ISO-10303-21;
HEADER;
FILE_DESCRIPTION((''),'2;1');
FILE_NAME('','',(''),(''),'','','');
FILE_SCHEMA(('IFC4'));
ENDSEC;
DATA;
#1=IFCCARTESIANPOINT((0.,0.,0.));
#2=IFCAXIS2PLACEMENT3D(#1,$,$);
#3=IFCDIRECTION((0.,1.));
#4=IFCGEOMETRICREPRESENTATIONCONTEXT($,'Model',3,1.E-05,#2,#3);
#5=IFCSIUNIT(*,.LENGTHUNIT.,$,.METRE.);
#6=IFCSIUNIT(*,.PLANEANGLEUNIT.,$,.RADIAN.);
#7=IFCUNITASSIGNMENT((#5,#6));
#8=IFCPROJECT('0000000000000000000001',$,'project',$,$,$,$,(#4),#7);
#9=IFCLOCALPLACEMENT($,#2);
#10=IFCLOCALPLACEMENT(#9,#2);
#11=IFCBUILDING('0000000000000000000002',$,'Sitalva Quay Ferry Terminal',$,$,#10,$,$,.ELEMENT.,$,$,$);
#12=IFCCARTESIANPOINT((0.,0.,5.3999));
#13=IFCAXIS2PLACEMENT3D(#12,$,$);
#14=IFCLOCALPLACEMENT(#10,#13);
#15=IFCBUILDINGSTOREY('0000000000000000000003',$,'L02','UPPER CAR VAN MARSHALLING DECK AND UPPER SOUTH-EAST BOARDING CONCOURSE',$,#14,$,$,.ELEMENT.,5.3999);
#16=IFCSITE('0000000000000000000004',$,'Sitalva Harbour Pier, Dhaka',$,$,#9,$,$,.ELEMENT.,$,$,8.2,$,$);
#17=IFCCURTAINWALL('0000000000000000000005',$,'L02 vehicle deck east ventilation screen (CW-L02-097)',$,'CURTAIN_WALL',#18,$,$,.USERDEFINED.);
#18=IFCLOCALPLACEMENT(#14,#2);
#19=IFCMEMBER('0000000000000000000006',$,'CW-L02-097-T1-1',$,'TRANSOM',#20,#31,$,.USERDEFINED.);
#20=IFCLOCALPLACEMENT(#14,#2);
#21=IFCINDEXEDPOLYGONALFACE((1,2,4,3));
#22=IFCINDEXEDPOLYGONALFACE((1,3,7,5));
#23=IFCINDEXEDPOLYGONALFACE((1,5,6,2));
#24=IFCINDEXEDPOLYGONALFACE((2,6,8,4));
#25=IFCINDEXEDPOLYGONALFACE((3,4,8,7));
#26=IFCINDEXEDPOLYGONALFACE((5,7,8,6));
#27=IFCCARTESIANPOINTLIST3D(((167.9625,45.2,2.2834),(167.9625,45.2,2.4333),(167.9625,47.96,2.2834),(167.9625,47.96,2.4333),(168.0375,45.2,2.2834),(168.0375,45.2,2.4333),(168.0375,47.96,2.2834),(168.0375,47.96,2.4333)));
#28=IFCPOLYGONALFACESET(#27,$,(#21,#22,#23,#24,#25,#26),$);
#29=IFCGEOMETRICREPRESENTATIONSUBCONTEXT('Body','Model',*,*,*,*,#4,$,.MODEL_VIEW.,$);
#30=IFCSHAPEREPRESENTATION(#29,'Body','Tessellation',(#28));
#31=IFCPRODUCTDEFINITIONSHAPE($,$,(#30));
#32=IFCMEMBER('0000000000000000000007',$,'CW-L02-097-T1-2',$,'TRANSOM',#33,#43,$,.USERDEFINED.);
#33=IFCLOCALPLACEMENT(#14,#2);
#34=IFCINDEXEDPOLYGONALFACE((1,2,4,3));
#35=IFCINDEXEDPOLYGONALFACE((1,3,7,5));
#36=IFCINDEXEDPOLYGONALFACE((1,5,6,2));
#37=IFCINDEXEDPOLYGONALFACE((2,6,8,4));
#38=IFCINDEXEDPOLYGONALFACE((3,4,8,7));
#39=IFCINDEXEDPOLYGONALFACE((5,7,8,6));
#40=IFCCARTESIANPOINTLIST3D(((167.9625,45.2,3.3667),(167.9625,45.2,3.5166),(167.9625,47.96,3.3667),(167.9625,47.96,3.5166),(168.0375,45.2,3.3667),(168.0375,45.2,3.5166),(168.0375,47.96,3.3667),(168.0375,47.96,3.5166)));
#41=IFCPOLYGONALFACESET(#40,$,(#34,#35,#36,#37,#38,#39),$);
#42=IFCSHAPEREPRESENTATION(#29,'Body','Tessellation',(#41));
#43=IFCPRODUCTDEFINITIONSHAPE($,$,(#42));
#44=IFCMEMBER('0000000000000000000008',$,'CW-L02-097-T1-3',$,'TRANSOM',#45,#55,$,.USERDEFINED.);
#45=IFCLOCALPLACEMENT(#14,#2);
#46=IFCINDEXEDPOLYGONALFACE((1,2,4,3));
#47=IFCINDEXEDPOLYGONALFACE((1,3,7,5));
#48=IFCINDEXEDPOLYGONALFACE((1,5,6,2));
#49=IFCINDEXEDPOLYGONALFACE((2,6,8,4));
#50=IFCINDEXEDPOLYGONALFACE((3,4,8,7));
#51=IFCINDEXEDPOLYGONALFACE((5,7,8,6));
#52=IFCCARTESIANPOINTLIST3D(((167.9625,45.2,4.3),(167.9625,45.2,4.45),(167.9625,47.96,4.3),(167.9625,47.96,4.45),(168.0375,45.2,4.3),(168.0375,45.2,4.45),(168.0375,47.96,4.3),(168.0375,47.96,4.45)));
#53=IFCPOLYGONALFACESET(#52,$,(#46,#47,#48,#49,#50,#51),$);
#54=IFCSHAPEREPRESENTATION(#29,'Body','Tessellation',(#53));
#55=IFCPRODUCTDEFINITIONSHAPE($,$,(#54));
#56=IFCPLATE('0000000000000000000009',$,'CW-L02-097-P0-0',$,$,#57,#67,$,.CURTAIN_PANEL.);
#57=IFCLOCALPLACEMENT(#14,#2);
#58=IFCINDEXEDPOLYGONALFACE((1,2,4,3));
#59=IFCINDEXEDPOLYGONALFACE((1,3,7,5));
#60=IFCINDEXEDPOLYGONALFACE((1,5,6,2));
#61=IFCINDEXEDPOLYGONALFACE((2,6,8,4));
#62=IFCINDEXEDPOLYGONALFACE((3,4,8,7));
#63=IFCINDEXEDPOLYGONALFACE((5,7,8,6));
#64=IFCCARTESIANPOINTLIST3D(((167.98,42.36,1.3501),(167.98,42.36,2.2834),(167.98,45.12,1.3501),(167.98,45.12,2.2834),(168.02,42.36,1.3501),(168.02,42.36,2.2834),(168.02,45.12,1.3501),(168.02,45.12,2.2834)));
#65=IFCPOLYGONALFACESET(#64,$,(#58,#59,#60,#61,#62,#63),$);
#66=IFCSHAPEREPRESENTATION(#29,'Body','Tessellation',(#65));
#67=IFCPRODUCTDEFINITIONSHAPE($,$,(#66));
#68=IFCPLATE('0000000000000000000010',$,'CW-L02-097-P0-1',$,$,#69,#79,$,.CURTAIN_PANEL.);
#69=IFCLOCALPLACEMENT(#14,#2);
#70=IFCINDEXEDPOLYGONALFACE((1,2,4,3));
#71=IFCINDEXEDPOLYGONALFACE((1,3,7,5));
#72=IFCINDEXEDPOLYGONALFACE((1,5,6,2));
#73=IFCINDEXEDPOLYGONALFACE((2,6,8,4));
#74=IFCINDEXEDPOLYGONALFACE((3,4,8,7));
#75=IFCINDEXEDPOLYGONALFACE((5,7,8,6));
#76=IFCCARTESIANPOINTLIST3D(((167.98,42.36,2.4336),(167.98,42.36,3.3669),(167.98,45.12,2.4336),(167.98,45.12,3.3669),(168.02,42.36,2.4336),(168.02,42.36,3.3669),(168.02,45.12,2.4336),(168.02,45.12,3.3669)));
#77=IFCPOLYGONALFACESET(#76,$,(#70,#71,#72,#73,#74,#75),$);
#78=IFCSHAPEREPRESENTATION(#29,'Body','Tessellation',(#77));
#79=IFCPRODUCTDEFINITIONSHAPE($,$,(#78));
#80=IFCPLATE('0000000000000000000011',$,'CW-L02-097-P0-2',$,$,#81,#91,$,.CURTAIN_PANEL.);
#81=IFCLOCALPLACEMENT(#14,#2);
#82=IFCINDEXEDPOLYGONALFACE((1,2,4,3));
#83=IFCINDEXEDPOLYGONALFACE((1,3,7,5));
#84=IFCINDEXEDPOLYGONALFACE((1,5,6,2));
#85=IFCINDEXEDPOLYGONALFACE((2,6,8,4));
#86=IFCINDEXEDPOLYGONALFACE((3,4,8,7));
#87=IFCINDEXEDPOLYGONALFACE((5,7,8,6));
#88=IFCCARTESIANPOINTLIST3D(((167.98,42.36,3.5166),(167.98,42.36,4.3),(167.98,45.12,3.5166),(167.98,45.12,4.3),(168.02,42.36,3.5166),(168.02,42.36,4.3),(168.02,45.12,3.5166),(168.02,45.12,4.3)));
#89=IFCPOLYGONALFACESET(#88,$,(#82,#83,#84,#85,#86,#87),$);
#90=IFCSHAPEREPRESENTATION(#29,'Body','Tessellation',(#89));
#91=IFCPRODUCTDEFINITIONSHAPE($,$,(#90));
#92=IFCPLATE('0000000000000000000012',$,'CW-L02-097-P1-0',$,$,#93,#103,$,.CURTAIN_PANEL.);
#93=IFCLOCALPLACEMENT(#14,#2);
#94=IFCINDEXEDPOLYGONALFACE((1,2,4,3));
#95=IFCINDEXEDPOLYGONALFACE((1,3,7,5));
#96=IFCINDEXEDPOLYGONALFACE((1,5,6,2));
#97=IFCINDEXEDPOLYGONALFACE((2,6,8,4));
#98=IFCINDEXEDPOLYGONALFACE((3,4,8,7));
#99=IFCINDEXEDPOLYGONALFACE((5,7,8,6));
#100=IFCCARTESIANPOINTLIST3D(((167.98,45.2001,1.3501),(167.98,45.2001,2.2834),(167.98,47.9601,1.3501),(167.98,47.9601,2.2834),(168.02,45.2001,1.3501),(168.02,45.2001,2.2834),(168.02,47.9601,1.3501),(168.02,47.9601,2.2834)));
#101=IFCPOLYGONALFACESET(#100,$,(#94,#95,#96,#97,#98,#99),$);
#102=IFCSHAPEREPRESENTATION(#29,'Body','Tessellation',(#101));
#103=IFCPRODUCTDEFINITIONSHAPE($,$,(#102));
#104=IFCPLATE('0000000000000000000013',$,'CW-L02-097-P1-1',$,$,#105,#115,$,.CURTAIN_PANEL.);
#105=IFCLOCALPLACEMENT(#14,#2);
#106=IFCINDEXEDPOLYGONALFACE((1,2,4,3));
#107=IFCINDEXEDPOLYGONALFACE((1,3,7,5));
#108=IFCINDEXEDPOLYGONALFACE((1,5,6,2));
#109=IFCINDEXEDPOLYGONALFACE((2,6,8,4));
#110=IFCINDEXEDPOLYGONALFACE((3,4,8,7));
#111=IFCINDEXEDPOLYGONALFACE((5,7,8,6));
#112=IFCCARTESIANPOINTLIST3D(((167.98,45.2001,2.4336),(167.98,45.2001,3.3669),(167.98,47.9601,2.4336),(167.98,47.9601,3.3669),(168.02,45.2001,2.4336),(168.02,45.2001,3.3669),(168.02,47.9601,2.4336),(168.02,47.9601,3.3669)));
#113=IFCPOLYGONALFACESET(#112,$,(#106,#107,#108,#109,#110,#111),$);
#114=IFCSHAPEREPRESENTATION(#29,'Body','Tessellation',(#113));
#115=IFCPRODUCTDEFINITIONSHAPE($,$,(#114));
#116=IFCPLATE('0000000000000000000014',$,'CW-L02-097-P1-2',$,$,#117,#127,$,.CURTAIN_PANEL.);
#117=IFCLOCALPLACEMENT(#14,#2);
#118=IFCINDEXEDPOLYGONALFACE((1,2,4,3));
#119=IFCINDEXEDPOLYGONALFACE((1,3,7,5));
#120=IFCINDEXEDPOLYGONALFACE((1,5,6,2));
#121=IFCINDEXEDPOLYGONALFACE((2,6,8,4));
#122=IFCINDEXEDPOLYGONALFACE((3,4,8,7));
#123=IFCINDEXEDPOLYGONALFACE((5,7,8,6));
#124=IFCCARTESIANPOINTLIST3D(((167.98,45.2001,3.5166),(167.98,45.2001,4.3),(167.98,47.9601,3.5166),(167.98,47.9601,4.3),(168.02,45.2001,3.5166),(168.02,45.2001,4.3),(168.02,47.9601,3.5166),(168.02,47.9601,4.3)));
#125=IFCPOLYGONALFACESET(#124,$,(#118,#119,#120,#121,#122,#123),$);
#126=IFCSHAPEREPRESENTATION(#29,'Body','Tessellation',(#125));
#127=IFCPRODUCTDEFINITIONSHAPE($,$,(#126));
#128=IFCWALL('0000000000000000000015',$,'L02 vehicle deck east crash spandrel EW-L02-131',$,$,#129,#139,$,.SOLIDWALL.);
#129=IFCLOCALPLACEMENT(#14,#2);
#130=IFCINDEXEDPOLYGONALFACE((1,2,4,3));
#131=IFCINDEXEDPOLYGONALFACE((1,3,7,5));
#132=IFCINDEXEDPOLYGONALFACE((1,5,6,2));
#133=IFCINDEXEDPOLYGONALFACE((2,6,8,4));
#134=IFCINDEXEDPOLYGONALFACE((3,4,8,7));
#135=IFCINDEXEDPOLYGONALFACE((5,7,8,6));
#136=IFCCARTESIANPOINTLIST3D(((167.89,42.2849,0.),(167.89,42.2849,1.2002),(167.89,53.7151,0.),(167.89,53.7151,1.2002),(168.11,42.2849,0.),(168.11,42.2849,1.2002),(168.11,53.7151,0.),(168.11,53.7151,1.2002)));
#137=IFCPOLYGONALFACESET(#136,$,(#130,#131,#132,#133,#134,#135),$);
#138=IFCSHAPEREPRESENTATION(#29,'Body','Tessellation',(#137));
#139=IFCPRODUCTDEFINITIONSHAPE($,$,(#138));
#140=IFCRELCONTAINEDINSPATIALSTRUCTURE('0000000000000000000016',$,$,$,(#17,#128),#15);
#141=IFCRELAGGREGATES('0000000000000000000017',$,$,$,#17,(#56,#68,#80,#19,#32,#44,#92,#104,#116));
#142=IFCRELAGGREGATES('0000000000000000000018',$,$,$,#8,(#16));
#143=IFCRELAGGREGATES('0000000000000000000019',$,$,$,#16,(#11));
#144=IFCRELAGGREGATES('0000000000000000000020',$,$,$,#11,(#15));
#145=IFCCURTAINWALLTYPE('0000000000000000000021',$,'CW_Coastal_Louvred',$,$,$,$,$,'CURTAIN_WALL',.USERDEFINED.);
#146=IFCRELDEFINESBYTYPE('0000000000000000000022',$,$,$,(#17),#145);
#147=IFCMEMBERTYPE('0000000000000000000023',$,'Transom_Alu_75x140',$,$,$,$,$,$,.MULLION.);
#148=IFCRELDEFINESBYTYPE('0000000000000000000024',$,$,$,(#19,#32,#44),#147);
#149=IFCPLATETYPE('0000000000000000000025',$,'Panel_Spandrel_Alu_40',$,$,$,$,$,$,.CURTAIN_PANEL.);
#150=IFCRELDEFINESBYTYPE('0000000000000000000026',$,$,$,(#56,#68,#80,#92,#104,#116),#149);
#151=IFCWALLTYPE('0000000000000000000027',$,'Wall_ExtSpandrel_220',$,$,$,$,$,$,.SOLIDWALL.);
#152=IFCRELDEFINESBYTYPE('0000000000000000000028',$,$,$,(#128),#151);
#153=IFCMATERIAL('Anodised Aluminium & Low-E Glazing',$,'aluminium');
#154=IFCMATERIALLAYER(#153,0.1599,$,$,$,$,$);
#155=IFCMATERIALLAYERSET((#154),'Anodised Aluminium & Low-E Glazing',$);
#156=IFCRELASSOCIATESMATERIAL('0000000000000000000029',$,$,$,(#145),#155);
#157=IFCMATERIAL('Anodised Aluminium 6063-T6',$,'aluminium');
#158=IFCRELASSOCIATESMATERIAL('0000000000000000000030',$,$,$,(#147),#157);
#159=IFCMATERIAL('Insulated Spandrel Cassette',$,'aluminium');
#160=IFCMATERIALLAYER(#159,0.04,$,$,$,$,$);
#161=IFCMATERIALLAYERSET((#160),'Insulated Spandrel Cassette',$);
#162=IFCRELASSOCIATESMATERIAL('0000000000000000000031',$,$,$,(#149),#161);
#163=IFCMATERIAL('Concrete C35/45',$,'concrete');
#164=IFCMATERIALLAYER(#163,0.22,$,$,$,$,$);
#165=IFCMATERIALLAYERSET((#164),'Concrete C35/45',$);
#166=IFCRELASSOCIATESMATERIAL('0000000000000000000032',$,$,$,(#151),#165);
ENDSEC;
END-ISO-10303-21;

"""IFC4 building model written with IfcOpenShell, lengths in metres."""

from ifc_helpers import new_model, si_unit, direction, frame, frame_2d, origin, origin_2d, place, context, subcontext, project, spatial, rectangle, extrude, material, layer, layer_set, material_profile, profile_set, type_object, element, aggregate, save


model = new_model("IFC4")

# Units and contexts
model_context = context("Model", 3, precision=1e-05, world=origin(), true_north=direction((0.0, 1.0)))
body_context = subcontext(model_context, "Body", "Model", "MODEL_VIEW")
ifc_project = project(units=[si_unit("LENGTHUNIT", "METRE"), si_unit("PLANEANGLEUNIT", "RADIAN")], contexts=[model_context])

# Site, building, storey
site_placement = place(None, origin())
site = spatial("IfcSite", under=ifc_project, at=site_placement, Name="Sitalva Harbour Pier, Dhaka", CompositionType="ELEMENT", RefElevation=8.2)
building_placement = place(site_placement, origin())
building = spatial("IfcBuilding", under=site, at=building_placement, Name="Sitalva Quay Ferry Terminal", CompositionType="ELEMENT")
storey_placement = place(building_placement, frame((0.0, 0.0, 5.3999)))
storey = spatial("IfcBuildingStorey", under=building, at=storey_placement, Name="L02", Description="UPPER CAR VAN MARSHALLING DECK AND UPPER SOUTH-EAST BOARDING CONCOURSE", CompositionType="ELEMENT", Elevation=5.3999)

# Curtain wall, members, plates
ifc_material_1 = material(Name="Anodised Aluminium & Low-E Glazing", Category="aluminium")
ifc_layer_1 = layer(ifc_material_1, 0.1599)
ifc_layer_set_1 = layer_set([ifc_layer_1], Name="Anodised Aluminium & Low-E Glazing")
curtain_wall_type = type_object("IfcCurtainWallType", Name="CW_Coastal_Louvred", ElementType="CURTAIN_WALL", PredefinedType="USERDEFINED", material=ifc_layer_set_1)
curtain_wall_placement = place(storey_placement, origin())
curtain_wall = element("IfcCurtainWall", 1, at=curtain_wall_placement, inside=storey, type_object=curtain_wall_type, Name="L02 vehicle deck east ventilation screen (CW-L02-097)", ObjectType="CURTAIN_WALL", PredefinedType="USERDEFINED")
ifc_material_2 = material(Name="Anodised Aluminium 6063-T6", Category="aluminium")
ifc_material_profile_1 = material_profile(ifc_material_2, rectangle(XDim=0.075, YDim=0.1499, at=origin_2d()), Name="ALU75x150")
ifc_profile_set_1 = profile_set([ifc_material_profile_1], Name="Anodised Aluminium 6063-T6")
member_type_1 = type_object("IfcMemberType", Name="Transom_Alu_75x140", PredefinedType="MULLION", material=ifc_profile_set_1)
member_1_placement = place(storey_placement, frame((168.0, 45.2, 2.3584), z_axis=(0.0, 1.0, 0.0), x_axis=(-1.0, 0.0, 0.0)))
member_1 = element("IfcMember", 2, at=member_1_placement, type_object=member_type_1, Name="CW-L02-097-T1-1", ObjectType="TRANSOM", PredefinedType="USERDEFINED", context=body_context, shape_type="SweptSolid", body=[
    extrude(rectangle(XDim=0.075, YDim=0.1499, at=origin_2d()), origin(), (0.0, 0.0, 1.0), 2.76),
])
member_2_placement = place(storey_placement, frame((168.0, 45.2, 3.4417), z_axis=(0.0, 1.0, 0.0), x_axis=(-1.0, 0.0, 0.0)))
member_2 = element("IfcMember", 3, at=member_2_placement, type_object=member_type_1, Name="CW-L02-097-T1-2", ObjectType="TRANSOM", PredefinedType="USERDEFINED", context=body_context, shape_type="SweptSolid", body=[
    extrude(rectangle(XDim=0.075, YDim=0.1499, at=origin_2d()), origin(), (0.0, 0.0, 1.0), 2.76),
])
member_3_placement = place(storey_placement, frame((168.0, 45.2, 4.375), z_axis=(0.0, 1.0, 0.0), x_axis=(-1.0, 0.0, 0.0)))
member_3 = element("IfcMember", 4, at=member_3_placement, type_object=member_type_1, Name="CW-L02-097-T1-3", ObjectType="TRANSOM", PredefinedType="USERDEFINED", context=body_context, shape_type="SweptSolid", body=[
    extrude(rectangle(XDim=0.075, YDim=0.1499, at=origin_2d()), origin(), (0.0, 0.0, 1.0), 2.76),
])
ifc_material_3 = material(Name="Insulated Spandrel Cassette", Category="aluminium")
ifc_layer_2 = layer(ifc_material_3, 0.04)
ifc_layer_set_2 = layer_set([ifc_layer_2], Name="Insulated Spandrel Cassette")
plate_type = type_object("IfcPlateType", Name="Panel_Spandrel_Alu_40", PredefinedType="CURTAIN_PANEL", material=ifc_layer_set_2)
plate_1_placement = place(storey_placement, frame((168.0, 43.74, 1.3501), z_axis=(0.0, 0.0, 1.0), x_axis=(0.0, 1.0, 0.0)))
plate_1 = element("IfcPlate", 5, at=plate_1_placement, type_object=plate_type, Name="CW-L02-097-P0-0", PredefinedType="CURTAIN_PANEL", context=body_context, shape_type="SweptSolid", body=[
    extrude(rectangle(XDim=2.76, YDim=0.04, at=origin_2d()), origin(), (0.0, 0.0, 1.0), 0.9333),
])
plate_2_placement = place(storey_placement, frame((168.0, 43.74, 2.4336), z_axis=(0.0, 0.0, 1.0), x_axis=(0.0, 1.0, 0.0)))
plate_2 = element("IfcPlate", 6, at=plate_2_placement, type_object=plate_type, Name="CW-L02-097-P0-1", PredefinedType="CURTAIN_PANEL", context=body_context, shape_type="SweptSolid", body=[
    extrude(rectangle(XDim=2.76, YDim=0.04, at=origin_2d()), origin(), (0.0, 0.0, 1.0), 0.9333),
])
plate_3_placement = place(storey_placement, frame((168.0, 43.74, 3.5166), z_axis=(0.0, 0.0, 1.0), x_axis=(0.0, 1.0, 0.0)))
plate_3 = element("IfcPlate", 7, at=plate_3_placement, type_object=plate_type, Name="CW-L02-097-P0-2", PredefinedType="CURTAIN_PANEL", context=body_context, shape_type="SweptSolid", body=[
    extrude(rectangle(XDim=2.76, YDim=0.04, at=origin_2d()), origin(), (0.0, 0.0, 1.0), 0.7834),
])
plate_4_placement = place(storey_placement, frame((168.0, 46.5801, 1.3501), z_axis=(0.0, 0.0, 1.0), x_axis=(0.0, 1.0, 0.0)))
plate_4 = element("IfcPlate", 8, at=plate_4_placement, type_object=plate_type, Name="CW-L02-097-P1-0", PredefinedType="CURTAIN_PANEL", context=body_context, shape_type="SweptSolid", body=[
    extrude(rectangle(XDim=2.76, YDim=0.04, at=origin_2d()), origin(), (0.0, 0.0, 1.0), 0.9333),
])
plate_5_placement = place(storey_placement, frame((168.0, 46.5801, 2.4336), z_axis=(0.0, 0.0, 1.0), x_axis=(0.0, 1.0, 0.0)))
plate_5 = element("IfcPlate", 9, at=plate_5_placement, type_object=plate_type, Name="CW-L02-097-P1-1", PredefinedType="CURTAIN_PANEL", context=body_context, shape_type="SweptSolid", body=[
    extrude(rectangle(XDim=2.76, YDim=0.04, at=origin_2d()), origin(), (0.0, 0.0, 1.0), 0.9333),
])
plate_6_placement = place(storey_placement, frame((168.0, 46.5801, 3.5166), z_axis=(0.0, 0.0, 1.0), x_axis=(0.0, 1.0, 0.0)))
plate_6 = element("IfcPlate", 10, at=plate_6_placement, type_object=plate_type, Name="CW-L02-097-P1-2", PredefinedType="CURTAIN_PANEL", context=body_context, shape_type="SweptSolid", body=[
    extrude(rectangle(XDim=2.76, YDim=0.04, at=origin_2d()), origin(), (0.0, 0.0, 1.0), 0.7834),
])
aggregate(curtain_wall, [plate_1, plate_2, plate_3, member_1, member_2, member_3, plate_4, plate_5, plate_6])

# Wall
ifc_material_4 = material(Name="Concrete C35/45", Category="concrete")
ifc_layer_3 = layer(ifc_material_4, 0.22)
ifc_layer_set_3 = layer_set([ifc_layer_3], Name="Concrete C35/45")
wall_type = type_object("IfcWallType", Name="Wall_ExtSpandrel_220", PredefinedType="SOLIDWALL", material=ifc_layer_set_3)
wall_placement = place(storey_placement, frame((168.0, 42.2849, 0.0), z_axis=(0.0, 0.0, 1.0), x_axis=(0.0, 1.0, 0.0)))
element("IfcWall", 11, at=wall_placement, inside=storey, type_object=wall_type, Name="L02 vehicle deck east crash spandrel EW-L02-131", PredefinedType="SOLIDWALL", context=body_context, shape_type="SweptSolid", body=[
    extrude(rectangle(XDim=11.4302, YDim=0.22, at=frame_2d((5.7151, 0.0))), origin(), (0.0, 0.0, 1.0), 1.2002),
])

save(model, "model.ifc")
